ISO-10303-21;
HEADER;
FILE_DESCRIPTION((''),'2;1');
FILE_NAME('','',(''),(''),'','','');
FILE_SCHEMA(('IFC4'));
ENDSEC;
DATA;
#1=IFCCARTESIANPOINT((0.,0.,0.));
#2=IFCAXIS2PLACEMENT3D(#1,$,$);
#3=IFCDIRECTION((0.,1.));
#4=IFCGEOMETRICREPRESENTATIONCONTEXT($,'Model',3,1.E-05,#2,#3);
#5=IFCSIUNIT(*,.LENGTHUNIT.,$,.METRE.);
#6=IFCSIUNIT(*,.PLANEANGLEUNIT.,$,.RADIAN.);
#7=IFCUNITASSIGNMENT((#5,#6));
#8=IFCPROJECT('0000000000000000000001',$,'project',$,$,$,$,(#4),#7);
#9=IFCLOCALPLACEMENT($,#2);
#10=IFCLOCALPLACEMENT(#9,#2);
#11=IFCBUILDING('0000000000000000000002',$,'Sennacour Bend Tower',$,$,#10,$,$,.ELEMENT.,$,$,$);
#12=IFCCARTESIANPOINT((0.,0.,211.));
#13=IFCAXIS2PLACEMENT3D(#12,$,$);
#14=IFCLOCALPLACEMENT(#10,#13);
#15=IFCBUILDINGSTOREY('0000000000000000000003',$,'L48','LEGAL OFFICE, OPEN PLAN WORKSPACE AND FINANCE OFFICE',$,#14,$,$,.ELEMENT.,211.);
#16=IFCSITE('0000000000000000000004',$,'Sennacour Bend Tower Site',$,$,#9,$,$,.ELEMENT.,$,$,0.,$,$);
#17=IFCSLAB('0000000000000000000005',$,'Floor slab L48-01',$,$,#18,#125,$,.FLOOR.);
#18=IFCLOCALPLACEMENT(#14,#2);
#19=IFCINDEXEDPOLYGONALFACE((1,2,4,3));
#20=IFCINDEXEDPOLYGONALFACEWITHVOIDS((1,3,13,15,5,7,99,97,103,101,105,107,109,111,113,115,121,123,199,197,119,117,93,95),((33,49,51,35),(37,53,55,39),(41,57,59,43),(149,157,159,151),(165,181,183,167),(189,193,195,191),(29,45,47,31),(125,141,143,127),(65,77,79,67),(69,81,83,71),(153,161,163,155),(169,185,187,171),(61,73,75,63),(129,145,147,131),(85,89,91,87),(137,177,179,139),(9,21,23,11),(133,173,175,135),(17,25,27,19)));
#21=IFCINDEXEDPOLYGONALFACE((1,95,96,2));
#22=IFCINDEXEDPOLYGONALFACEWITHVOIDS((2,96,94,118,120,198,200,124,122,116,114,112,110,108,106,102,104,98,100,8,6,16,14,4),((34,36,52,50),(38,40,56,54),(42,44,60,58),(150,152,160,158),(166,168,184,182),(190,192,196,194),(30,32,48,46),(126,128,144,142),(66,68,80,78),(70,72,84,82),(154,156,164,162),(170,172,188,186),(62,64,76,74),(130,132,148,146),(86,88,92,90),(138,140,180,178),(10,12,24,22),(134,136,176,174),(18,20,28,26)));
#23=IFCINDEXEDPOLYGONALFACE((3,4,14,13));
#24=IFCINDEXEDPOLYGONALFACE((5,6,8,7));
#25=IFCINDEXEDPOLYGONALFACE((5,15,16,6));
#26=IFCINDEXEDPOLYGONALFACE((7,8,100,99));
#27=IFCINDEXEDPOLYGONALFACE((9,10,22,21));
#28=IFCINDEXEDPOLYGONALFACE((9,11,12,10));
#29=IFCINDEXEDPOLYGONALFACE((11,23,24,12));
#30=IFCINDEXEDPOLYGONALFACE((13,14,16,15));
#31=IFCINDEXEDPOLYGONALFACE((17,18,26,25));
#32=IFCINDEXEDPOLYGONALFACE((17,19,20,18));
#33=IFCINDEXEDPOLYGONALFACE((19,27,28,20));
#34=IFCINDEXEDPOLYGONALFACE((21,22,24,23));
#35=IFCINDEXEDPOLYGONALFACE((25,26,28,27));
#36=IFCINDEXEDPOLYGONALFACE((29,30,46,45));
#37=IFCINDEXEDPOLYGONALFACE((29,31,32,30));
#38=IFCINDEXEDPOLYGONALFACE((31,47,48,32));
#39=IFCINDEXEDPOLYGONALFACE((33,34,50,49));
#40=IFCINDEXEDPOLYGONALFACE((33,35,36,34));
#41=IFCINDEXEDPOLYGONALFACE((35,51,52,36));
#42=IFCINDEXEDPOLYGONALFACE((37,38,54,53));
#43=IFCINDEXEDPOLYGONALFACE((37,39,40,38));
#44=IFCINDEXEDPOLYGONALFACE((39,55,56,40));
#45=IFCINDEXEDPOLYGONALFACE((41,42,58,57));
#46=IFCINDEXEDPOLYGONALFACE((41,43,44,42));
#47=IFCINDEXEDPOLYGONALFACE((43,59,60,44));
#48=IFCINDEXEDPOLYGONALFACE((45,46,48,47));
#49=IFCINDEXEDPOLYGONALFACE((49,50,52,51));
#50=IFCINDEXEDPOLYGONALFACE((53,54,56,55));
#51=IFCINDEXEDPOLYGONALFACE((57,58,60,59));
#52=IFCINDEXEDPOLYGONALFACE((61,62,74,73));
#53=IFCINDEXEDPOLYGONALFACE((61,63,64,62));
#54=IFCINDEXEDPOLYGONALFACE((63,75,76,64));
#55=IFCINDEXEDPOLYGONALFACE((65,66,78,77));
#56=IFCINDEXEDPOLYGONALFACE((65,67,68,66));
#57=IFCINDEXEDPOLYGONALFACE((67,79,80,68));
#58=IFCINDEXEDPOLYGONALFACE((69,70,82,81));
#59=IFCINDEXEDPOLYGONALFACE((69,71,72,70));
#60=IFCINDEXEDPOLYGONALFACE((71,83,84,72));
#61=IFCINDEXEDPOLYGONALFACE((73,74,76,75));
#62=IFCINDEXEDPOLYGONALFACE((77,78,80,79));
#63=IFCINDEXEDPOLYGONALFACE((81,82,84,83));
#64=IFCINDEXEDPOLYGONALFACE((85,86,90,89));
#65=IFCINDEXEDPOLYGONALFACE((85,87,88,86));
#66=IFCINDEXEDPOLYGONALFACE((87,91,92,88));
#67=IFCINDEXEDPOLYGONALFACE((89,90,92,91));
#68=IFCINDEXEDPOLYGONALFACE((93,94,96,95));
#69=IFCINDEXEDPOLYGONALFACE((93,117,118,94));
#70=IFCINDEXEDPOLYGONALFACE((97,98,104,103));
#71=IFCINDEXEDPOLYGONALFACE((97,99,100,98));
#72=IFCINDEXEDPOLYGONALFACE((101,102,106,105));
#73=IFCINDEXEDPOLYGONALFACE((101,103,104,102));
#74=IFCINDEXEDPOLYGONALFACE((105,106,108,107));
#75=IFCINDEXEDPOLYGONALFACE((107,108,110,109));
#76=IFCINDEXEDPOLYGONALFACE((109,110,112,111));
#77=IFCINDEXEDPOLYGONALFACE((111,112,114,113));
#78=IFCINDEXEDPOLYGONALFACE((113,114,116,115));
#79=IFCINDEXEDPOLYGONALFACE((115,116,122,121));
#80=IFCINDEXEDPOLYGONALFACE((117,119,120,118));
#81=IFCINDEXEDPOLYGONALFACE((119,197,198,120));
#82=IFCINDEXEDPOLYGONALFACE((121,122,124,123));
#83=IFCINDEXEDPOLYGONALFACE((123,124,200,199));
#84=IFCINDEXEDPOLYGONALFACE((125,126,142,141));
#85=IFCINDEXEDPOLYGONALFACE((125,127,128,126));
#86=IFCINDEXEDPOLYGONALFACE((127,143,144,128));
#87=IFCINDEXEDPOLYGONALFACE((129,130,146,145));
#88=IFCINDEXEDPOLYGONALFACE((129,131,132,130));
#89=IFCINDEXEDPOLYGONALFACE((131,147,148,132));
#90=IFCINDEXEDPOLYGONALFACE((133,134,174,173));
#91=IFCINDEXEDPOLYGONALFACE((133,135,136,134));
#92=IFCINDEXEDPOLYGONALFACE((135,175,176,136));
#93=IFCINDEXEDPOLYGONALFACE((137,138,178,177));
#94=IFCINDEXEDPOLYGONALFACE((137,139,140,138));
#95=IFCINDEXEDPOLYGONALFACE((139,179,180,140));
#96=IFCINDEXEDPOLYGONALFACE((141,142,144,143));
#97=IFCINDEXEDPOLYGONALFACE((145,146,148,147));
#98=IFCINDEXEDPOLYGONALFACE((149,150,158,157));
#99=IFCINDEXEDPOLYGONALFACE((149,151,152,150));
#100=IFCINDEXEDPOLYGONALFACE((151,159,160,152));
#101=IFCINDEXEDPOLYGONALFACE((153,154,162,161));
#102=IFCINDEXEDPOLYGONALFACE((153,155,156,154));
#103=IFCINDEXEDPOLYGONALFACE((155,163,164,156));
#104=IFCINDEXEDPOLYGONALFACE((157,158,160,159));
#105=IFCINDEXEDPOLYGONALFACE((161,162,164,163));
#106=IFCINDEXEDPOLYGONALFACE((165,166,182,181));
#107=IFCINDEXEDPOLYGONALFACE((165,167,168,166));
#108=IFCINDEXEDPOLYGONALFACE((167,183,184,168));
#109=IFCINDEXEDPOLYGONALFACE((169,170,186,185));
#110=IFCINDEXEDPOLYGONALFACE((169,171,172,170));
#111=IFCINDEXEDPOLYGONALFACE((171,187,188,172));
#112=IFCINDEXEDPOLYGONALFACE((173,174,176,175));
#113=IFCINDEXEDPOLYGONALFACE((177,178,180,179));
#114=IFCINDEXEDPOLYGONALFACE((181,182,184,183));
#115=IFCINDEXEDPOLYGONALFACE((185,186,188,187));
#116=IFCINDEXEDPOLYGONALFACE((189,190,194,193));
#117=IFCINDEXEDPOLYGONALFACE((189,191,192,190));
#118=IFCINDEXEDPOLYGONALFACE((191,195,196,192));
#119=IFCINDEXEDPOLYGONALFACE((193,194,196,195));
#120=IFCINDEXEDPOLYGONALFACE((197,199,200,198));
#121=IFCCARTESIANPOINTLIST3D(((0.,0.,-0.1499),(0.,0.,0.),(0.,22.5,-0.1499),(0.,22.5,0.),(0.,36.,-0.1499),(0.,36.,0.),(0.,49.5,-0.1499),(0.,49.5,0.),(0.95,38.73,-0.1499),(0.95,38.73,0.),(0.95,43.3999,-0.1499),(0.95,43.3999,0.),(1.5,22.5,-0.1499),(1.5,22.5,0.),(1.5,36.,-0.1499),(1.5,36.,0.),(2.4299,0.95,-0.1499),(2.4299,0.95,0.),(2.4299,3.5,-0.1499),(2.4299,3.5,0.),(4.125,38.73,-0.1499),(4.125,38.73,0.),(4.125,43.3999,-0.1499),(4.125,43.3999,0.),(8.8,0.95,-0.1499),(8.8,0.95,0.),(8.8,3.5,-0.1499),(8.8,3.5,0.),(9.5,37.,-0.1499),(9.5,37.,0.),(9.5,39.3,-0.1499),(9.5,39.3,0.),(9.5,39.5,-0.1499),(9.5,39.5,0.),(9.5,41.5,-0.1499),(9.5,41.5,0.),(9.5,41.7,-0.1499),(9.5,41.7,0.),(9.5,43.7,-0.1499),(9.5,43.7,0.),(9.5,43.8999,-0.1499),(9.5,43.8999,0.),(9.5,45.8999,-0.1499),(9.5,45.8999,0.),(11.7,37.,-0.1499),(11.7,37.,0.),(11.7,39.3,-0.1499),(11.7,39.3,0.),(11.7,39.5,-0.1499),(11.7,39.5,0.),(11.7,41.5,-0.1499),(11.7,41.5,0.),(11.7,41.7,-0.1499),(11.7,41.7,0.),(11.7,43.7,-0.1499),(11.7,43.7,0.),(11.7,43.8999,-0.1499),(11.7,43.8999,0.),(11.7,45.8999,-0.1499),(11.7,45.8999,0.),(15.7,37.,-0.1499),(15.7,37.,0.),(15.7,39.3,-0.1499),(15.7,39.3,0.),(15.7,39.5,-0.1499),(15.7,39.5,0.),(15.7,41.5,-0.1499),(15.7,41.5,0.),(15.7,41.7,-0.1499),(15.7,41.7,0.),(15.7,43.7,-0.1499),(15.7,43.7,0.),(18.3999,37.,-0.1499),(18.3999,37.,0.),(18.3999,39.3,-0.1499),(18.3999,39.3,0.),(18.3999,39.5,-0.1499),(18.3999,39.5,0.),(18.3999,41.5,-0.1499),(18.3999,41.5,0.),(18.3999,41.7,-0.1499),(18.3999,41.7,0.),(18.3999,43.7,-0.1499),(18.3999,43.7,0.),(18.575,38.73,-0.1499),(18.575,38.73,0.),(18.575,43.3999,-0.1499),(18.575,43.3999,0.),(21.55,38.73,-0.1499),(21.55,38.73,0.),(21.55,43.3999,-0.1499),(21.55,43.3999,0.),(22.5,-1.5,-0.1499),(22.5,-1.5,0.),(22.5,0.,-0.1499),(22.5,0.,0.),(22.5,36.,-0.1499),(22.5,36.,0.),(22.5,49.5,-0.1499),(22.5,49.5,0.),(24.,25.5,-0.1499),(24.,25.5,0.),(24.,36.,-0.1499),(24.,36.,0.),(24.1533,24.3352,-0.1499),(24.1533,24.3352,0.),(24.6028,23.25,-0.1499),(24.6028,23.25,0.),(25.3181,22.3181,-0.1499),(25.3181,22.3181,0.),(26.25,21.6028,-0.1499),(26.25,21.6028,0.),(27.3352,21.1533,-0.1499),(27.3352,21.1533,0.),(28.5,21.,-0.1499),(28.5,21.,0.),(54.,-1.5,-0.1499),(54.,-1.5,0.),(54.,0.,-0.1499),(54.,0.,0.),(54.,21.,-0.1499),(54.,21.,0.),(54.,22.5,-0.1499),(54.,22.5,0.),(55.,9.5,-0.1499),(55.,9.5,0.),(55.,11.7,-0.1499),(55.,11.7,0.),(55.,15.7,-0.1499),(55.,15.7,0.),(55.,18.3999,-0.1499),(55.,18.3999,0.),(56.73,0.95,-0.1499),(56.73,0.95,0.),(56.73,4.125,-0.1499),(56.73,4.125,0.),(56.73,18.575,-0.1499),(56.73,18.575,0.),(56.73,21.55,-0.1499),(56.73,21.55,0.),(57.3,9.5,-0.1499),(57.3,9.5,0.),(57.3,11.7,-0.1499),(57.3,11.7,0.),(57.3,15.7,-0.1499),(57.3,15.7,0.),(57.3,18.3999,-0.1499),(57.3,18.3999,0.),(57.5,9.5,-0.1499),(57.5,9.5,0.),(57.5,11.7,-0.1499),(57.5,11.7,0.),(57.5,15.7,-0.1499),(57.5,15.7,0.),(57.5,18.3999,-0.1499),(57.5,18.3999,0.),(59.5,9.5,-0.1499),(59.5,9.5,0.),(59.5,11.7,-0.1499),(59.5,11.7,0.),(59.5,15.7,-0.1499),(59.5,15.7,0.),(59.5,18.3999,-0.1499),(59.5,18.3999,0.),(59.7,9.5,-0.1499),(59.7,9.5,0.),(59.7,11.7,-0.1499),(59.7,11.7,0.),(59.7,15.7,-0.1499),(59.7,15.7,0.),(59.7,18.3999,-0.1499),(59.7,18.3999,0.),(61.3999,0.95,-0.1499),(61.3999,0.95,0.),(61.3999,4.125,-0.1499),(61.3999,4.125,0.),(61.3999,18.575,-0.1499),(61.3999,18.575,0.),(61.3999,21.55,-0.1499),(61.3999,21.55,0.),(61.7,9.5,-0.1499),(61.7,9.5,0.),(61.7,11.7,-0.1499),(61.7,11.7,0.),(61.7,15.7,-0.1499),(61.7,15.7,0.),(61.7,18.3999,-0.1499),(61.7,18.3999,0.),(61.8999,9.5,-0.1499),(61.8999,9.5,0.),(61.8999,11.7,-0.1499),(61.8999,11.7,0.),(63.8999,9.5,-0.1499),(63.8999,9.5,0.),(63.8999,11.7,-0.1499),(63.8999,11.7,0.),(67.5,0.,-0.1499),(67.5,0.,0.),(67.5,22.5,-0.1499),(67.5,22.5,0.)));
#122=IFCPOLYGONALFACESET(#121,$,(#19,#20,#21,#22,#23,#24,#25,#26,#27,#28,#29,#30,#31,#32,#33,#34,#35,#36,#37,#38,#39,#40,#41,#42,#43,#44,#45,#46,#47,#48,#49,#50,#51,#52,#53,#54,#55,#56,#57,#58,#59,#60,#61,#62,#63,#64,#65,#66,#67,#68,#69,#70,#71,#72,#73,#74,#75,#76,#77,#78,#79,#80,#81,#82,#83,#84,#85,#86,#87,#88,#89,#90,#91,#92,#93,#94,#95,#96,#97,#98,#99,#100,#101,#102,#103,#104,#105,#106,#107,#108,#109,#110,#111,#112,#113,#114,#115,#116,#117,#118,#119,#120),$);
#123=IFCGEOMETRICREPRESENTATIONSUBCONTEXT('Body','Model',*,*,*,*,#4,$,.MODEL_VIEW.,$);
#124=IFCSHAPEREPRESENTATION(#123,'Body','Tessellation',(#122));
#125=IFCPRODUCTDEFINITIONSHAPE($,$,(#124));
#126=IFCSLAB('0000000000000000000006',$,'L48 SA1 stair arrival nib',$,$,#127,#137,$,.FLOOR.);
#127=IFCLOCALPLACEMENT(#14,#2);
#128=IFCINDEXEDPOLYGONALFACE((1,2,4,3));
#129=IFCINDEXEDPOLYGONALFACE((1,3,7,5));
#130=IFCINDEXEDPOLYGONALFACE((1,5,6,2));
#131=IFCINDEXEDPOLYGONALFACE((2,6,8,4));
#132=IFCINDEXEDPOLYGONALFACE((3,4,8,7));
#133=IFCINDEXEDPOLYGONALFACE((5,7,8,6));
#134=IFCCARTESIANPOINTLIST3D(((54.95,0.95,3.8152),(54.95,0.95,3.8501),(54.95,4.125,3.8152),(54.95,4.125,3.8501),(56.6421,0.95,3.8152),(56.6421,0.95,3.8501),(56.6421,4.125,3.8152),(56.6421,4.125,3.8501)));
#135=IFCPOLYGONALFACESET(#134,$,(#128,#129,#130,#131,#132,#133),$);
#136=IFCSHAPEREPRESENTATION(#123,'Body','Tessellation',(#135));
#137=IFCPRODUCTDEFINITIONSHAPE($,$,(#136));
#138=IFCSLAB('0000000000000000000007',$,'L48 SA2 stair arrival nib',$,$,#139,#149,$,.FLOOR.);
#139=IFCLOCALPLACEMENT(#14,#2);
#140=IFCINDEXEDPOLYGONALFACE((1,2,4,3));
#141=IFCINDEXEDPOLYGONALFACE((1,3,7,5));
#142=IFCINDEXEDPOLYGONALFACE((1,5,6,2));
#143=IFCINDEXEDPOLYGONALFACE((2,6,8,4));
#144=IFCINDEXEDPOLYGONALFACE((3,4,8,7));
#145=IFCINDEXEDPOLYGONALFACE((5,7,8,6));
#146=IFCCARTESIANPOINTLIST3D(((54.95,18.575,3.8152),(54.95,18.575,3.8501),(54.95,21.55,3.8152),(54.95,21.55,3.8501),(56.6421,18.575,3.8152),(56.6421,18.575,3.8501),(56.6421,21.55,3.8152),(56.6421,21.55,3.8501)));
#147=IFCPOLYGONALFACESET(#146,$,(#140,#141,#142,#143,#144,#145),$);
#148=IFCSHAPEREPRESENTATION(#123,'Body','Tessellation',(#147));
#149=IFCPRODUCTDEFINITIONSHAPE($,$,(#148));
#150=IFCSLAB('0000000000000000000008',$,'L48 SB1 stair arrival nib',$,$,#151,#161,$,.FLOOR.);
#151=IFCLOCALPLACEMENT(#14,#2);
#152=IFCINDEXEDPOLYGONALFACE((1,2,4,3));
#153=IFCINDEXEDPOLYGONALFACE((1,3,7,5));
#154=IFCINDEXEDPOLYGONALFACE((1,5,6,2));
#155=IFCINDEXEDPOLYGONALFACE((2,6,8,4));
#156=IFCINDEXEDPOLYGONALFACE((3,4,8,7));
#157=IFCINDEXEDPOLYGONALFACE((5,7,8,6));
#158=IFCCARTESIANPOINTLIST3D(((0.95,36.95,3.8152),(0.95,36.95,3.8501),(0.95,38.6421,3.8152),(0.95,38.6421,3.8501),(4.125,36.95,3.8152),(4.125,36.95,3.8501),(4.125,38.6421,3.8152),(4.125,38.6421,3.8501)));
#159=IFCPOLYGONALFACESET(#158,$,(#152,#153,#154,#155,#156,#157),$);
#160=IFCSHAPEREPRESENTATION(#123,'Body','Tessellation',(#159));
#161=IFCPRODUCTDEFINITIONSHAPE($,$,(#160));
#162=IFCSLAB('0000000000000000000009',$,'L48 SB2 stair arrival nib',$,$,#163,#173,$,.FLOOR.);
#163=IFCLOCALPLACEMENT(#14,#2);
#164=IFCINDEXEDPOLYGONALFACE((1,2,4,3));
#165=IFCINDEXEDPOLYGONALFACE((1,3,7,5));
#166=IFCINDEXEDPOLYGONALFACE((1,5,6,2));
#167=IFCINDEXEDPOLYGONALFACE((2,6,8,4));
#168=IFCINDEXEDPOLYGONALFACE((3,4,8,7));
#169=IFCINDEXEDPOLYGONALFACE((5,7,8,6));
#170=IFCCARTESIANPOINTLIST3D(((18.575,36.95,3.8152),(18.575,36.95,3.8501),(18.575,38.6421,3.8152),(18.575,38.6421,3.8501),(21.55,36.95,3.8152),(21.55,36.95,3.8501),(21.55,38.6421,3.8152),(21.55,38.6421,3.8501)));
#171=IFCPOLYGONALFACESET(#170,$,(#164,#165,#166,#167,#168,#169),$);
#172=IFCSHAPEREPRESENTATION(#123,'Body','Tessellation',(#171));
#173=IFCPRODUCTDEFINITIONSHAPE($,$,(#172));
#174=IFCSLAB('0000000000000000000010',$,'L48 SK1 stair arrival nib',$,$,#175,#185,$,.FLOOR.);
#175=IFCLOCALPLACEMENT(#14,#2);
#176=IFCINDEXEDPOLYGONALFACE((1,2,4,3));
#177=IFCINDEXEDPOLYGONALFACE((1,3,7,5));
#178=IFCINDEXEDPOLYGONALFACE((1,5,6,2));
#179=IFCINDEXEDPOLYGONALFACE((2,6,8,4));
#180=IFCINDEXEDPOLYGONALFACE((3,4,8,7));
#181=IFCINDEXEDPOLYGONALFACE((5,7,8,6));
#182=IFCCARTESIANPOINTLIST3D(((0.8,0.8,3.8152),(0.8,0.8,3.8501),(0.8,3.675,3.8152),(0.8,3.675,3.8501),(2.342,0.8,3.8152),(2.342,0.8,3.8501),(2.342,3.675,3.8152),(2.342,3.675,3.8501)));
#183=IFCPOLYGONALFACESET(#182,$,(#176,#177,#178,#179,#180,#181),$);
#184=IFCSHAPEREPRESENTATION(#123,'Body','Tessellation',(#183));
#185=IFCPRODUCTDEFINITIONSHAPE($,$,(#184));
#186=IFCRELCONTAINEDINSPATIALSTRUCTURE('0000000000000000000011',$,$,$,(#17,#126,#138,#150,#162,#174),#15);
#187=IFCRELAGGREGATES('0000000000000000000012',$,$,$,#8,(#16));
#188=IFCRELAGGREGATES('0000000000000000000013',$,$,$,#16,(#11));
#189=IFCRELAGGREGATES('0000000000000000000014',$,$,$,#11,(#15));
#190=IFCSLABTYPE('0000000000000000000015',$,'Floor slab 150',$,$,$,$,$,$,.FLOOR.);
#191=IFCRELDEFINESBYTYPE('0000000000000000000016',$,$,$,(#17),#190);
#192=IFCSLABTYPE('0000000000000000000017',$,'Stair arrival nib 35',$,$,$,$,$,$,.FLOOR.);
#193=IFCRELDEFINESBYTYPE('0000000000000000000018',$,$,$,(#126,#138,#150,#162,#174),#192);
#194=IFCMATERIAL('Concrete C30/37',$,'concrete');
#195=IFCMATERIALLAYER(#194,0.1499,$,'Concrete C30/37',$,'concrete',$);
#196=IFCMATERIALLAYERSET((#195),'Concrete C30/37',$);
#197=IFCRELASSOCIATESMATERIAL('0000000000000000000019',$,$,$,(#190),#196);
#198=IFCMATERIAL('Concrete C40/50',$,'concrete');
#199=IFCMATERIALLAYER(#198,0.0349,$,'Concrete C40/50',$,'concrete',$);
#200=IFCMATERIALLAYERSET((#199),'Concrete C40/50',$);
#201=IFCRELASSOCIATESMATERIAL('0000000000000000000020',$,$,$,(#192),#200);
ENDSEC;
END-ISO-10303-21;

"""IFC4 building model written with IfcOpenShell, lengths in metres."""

from ifc_helpers import new_model, si_unit, direction, frame, origin, place, context, subcontext, project, spatial, polyline, outline, extrude, material, layer, layer_set, type_object, element, save


model = new_model("IFC4")

# Units and contexts
model_context = context("Model", 3, precision=1e-05, world=origin(), true_north=direction((0.0, 1.0)))
body_context = subcontext(model_context, "Body", "Model", "MODEL_VIEW")
ifc_project = project(units=[si_unit("LENGTHUNIT", "METRE"), si_unit("PLANEANGLEUNIT", "RADIAN")], contexts=[model_context])

# Site, building, storey
site_placement = place(None, origin())
site = spatial("IfcSite", under=ifc_project, at=site_placement, Name="Sennacour Bend Tower Site", CompositionType="ELEMENT", RefElevation=0.0)
building_placement = place(site_placement, origin())
building = spatial("IfcBuilding", under=site, at=building_placement, Name="Sennacour Bend Tower", CompositionType="ELEMENT")
storey_placement = place(building_placement, frame((0.0, 0.0, 211.0)))
storey = spatial("IfcBuildingStorey", under=building, at=storey_placement, Name="L48", Description="LEGAL OFFICE, OPEN PLAN WORKSPACE AND FINANCE OFFICE", CompositionType="ELEMENT", Elevation=211.0)

# Slabs
ifc_material_1 = material(Name="Concrete C30/37", Category="concrete")
ifc_layer_1 = layer(ifc_material_1, 0.1499, Name="Concrete C30/37", Category="concrete")
ifc_layer_set_1 = layer_set([ifc_layer_1], Name="Concrete C30/37")
slab_type_1 = type_object("IfcSlabType", Name="Floor slab 150", PredefinedType="FLOOR", material=ifc_layer_set_1)
slab_1_placement = place(storey_placement, frame((0.0, 0.0, -0.1499)))
element("IfcSlab", 1, at=slab_1_placement, inside=storey, type_object=slab_type_1, Name="Floor slab L48-01", PredefinedType="FLOOR", context=body_context, shape_type="SweptSolid", body=[
    extrude(outline(polyline([(22.5, 0.0), (0.0, 0.0), (0.0, 22.5), (1.5, 22.5), (1.5, 36.0), (0.0, 36.0), (0.0, 49.5), (22.5, 49.5), (22.5, 36.0), (24.0, 36.0), (24.0, 25.5), (24.1533, 24.3352), (24.6028, 23.25), (25.3181, 22.3181), (26.25, 21.6028), (27.3352, 21.1533), (28.5, 21.0), (54.0, 21.0), (54.0, 22.5), (67.5, 22.5), (67.5, 0.0), (54.0, 0.0), (54.0, -1.5), (22.5, -1.5), (22.5, 0.0)]), holes=[polyline([(8.8, 0.95), (8.8, 3.5), (2.4299, 3.5), (2.4299, 0.95), (8.8, 0.95)]), polyline([(11.7, 37.0), (11.7, 39.3), (9.5, 39.3), (9.5, 37.0), (11.7, 37.0)]), polyline([(18.3999, 37.0), (18.3999, 39.3), (15.7, 39.3), (15.7, 37.0), (18.3999, 37.0)]), polyline([(11.7, 39.5), (11.7, 41.5), (9.5, 41.5), (9.5, 39.5), (11.7, 39.5)]), polyline([(18.3999, 39.5), (18.3999, 41.5), (15.7, 41.5), (15.7, 39.5), (18.3999, 39.5)]), polyline([(4.125, 38.73), (4.125, 43.3999), (0.95, 43.3999), (0.95, 38.73), (4.125, 38.73)]), polyline([(21.55, 38.73), (21.55, 43.3999), (18.575, 43.3999), (18.575, 38.73), (21.55, 38.73)]), polyline([(9.5, 41.7), (11.7, 41.7), (11.7, 43.7), (9.5, 43.7), (9.5, 41.7)]), polyline([(15.7, 41.7), (18.3999, 41.7), (18.3999, 43.7), (15.7, 43.7), (15.7, 41.7)]), polyline([(11.7, 43.8999), (11.7, 45.8999), (9.5, 45.8999), (9.5, 43.8999), (11.7, 43.8999)]), polyline([(61.3999, 0.95), (61.3999, 4.125), (56.73, 4.125), (56.73, 0.95), (61.3999, 0.95)]), polyline([(57.3, 9.5), (57.3, 11.7), (55.0, 11.7), (55.0, 9.5), (57.3, 9.5)]), polyline([(57.5, 9.5), (59.5, 9.5), (59.5, 11.7), (57.5, 11.7), (57.5, 9.5)]), polyline([(59.7, 9.5), (61.7, 9.5), (61.7, 11.7), (59.7, 11.7), (59.7, 9.5)]), polyline([(63.8999, 9.5), (63.8999, 11.7), (61.8999, 11.7), (61.8999, 9.5), (63.8999, 9.5)]), polyline([(57.3, 15.7), (57.3, 18.3999), (55.0, 18.3999), (55.0, 15.7), (57.3, 15.7)]), polyline([(59.5, 15.7), (59.5, 18.3999), (57.5, 18.3999), (57.5, 15.7), (59.5, 15.7)]), polyline([(59.7, 15.7), (61.7, 15.7), (61.7, 18.3999), (59.7, 18.3999), (59.7, 15.7)]), polyline([(56.73, 18.575), (61.3999, 18.575), (61.3999, 21.55), (56.73, 21.55), (56.73, 18.575)])]), origin(), (0.0, 0.0, 1.0), 0.1499),
])
ifc_material_2 = material(Name="Concrete C40/50", Category="concrete")
ifc_layer_2 = layer(ifc_material_2, 0.0349, Name="Concrete C40/50", Category="concrete")
ifc_layer_set_2 = layer_set([ifc_layer_2], Name="Concrete C40/50")
slab_type_2 = type_object("IfcSlabType", Name="Stair arrival nib 35", PredefinedType="FLOOR", material=ifc_layer_set_2)
slab_2_placement = place(storey_placement, frame((0.0, 0.0, 3.8152)))
element("IfcSlab", 2, at=slab_2_placement, inside=storey, type_object=slab_type_2, Name="L48 SA1 stair arrival nib", PredefinedType="FLOOR", context=body_context, shape_type="SweptSolid", body=[
    extrude(outline(polyline([(56.6421, 4.125), (54.95, 4.125), (54.95, 0.95), (56.6421, 0.95), (56.6421, 4.125)])), origin(), (0.0, 0.0, 1.0), 0.0349),
])
slab_3_placement = place(storey_placement, frame((0.0, 0.0, 3.8152)))
element("IfcSlab", 3, at=slab_3_placement, inside=storey, type_object=slab_type_2, Name="L48 SA2 stair arrival nib", PredefinedType="FLOOR", context=body_context, shape_type="SweptSolid", body=[
    extrude(outline(polyline([(56.6421, 21.55), (54.95, 21.55), (54.95, 18.575), (56.6421, 18.575), (56.6421, 21.55)])), origin(), (0.0, 0.0, 1.0), 0.0349),
])
slab_4_placement = place(storey_placement, frame((0.0, 0.0, 3.8152)))
element("IfcSlab", 4, at=slab_4_placement, inside=storey, type_object=slab_type_2, Name="L48 SB1 stair arrival nib", PredefinedType="FLOOR", context=body_context, shape_type="SweptSolid", body=[
    extrude(outline(polyline([(0.95, 38.6421), (0.95, 36.95), (4.125, 36.95), (4.125, 38.6421), (0.95, 38.6421)])), origin(), (0.0, 0.0, 1.0), 0.0349),
])
slab_5_placement = place(storey_placement, frame((0.0, 0.0, 3.8152)))
element("IfcSlab", 5, at=slab_5_placement, inside=storey, type_object=slab_type_2, Name="L48 SB2 stair arrival nib", PredefinedType="FLOOR", context=body_context, shape_type="SweptSolid", body=[
    extrude(outline(polyline([(18.575, 38.6421), (18.575, 36.95), (21.55, 36.95), (21.55, 38.6421), (18.575, 38.6421)])), origin(), (0.0, 0.0, 1.0), 0.0349),
])
slab_6_placement = place(storey_placement, frame((0.0, 0.0, 3.8152)))
element("IfcSlab", 6, at=slab_6_placement, inside=storey, type_object=slab_type_2, Name="L48 SK1 stair arrival nib", PredefinedType="FLOOR", context=body_context, shape_type="SweptSolid", body=[
    extrude(outline(polyline([(2.342, 3.675), (0.8, 3.675), (0.8, 0.8), (2.342, 0.8), (2.342, 3.675)])), origin(), (0.0, 0.0, 1.0), 0.0349),
])

save(model, "model.ifc")
